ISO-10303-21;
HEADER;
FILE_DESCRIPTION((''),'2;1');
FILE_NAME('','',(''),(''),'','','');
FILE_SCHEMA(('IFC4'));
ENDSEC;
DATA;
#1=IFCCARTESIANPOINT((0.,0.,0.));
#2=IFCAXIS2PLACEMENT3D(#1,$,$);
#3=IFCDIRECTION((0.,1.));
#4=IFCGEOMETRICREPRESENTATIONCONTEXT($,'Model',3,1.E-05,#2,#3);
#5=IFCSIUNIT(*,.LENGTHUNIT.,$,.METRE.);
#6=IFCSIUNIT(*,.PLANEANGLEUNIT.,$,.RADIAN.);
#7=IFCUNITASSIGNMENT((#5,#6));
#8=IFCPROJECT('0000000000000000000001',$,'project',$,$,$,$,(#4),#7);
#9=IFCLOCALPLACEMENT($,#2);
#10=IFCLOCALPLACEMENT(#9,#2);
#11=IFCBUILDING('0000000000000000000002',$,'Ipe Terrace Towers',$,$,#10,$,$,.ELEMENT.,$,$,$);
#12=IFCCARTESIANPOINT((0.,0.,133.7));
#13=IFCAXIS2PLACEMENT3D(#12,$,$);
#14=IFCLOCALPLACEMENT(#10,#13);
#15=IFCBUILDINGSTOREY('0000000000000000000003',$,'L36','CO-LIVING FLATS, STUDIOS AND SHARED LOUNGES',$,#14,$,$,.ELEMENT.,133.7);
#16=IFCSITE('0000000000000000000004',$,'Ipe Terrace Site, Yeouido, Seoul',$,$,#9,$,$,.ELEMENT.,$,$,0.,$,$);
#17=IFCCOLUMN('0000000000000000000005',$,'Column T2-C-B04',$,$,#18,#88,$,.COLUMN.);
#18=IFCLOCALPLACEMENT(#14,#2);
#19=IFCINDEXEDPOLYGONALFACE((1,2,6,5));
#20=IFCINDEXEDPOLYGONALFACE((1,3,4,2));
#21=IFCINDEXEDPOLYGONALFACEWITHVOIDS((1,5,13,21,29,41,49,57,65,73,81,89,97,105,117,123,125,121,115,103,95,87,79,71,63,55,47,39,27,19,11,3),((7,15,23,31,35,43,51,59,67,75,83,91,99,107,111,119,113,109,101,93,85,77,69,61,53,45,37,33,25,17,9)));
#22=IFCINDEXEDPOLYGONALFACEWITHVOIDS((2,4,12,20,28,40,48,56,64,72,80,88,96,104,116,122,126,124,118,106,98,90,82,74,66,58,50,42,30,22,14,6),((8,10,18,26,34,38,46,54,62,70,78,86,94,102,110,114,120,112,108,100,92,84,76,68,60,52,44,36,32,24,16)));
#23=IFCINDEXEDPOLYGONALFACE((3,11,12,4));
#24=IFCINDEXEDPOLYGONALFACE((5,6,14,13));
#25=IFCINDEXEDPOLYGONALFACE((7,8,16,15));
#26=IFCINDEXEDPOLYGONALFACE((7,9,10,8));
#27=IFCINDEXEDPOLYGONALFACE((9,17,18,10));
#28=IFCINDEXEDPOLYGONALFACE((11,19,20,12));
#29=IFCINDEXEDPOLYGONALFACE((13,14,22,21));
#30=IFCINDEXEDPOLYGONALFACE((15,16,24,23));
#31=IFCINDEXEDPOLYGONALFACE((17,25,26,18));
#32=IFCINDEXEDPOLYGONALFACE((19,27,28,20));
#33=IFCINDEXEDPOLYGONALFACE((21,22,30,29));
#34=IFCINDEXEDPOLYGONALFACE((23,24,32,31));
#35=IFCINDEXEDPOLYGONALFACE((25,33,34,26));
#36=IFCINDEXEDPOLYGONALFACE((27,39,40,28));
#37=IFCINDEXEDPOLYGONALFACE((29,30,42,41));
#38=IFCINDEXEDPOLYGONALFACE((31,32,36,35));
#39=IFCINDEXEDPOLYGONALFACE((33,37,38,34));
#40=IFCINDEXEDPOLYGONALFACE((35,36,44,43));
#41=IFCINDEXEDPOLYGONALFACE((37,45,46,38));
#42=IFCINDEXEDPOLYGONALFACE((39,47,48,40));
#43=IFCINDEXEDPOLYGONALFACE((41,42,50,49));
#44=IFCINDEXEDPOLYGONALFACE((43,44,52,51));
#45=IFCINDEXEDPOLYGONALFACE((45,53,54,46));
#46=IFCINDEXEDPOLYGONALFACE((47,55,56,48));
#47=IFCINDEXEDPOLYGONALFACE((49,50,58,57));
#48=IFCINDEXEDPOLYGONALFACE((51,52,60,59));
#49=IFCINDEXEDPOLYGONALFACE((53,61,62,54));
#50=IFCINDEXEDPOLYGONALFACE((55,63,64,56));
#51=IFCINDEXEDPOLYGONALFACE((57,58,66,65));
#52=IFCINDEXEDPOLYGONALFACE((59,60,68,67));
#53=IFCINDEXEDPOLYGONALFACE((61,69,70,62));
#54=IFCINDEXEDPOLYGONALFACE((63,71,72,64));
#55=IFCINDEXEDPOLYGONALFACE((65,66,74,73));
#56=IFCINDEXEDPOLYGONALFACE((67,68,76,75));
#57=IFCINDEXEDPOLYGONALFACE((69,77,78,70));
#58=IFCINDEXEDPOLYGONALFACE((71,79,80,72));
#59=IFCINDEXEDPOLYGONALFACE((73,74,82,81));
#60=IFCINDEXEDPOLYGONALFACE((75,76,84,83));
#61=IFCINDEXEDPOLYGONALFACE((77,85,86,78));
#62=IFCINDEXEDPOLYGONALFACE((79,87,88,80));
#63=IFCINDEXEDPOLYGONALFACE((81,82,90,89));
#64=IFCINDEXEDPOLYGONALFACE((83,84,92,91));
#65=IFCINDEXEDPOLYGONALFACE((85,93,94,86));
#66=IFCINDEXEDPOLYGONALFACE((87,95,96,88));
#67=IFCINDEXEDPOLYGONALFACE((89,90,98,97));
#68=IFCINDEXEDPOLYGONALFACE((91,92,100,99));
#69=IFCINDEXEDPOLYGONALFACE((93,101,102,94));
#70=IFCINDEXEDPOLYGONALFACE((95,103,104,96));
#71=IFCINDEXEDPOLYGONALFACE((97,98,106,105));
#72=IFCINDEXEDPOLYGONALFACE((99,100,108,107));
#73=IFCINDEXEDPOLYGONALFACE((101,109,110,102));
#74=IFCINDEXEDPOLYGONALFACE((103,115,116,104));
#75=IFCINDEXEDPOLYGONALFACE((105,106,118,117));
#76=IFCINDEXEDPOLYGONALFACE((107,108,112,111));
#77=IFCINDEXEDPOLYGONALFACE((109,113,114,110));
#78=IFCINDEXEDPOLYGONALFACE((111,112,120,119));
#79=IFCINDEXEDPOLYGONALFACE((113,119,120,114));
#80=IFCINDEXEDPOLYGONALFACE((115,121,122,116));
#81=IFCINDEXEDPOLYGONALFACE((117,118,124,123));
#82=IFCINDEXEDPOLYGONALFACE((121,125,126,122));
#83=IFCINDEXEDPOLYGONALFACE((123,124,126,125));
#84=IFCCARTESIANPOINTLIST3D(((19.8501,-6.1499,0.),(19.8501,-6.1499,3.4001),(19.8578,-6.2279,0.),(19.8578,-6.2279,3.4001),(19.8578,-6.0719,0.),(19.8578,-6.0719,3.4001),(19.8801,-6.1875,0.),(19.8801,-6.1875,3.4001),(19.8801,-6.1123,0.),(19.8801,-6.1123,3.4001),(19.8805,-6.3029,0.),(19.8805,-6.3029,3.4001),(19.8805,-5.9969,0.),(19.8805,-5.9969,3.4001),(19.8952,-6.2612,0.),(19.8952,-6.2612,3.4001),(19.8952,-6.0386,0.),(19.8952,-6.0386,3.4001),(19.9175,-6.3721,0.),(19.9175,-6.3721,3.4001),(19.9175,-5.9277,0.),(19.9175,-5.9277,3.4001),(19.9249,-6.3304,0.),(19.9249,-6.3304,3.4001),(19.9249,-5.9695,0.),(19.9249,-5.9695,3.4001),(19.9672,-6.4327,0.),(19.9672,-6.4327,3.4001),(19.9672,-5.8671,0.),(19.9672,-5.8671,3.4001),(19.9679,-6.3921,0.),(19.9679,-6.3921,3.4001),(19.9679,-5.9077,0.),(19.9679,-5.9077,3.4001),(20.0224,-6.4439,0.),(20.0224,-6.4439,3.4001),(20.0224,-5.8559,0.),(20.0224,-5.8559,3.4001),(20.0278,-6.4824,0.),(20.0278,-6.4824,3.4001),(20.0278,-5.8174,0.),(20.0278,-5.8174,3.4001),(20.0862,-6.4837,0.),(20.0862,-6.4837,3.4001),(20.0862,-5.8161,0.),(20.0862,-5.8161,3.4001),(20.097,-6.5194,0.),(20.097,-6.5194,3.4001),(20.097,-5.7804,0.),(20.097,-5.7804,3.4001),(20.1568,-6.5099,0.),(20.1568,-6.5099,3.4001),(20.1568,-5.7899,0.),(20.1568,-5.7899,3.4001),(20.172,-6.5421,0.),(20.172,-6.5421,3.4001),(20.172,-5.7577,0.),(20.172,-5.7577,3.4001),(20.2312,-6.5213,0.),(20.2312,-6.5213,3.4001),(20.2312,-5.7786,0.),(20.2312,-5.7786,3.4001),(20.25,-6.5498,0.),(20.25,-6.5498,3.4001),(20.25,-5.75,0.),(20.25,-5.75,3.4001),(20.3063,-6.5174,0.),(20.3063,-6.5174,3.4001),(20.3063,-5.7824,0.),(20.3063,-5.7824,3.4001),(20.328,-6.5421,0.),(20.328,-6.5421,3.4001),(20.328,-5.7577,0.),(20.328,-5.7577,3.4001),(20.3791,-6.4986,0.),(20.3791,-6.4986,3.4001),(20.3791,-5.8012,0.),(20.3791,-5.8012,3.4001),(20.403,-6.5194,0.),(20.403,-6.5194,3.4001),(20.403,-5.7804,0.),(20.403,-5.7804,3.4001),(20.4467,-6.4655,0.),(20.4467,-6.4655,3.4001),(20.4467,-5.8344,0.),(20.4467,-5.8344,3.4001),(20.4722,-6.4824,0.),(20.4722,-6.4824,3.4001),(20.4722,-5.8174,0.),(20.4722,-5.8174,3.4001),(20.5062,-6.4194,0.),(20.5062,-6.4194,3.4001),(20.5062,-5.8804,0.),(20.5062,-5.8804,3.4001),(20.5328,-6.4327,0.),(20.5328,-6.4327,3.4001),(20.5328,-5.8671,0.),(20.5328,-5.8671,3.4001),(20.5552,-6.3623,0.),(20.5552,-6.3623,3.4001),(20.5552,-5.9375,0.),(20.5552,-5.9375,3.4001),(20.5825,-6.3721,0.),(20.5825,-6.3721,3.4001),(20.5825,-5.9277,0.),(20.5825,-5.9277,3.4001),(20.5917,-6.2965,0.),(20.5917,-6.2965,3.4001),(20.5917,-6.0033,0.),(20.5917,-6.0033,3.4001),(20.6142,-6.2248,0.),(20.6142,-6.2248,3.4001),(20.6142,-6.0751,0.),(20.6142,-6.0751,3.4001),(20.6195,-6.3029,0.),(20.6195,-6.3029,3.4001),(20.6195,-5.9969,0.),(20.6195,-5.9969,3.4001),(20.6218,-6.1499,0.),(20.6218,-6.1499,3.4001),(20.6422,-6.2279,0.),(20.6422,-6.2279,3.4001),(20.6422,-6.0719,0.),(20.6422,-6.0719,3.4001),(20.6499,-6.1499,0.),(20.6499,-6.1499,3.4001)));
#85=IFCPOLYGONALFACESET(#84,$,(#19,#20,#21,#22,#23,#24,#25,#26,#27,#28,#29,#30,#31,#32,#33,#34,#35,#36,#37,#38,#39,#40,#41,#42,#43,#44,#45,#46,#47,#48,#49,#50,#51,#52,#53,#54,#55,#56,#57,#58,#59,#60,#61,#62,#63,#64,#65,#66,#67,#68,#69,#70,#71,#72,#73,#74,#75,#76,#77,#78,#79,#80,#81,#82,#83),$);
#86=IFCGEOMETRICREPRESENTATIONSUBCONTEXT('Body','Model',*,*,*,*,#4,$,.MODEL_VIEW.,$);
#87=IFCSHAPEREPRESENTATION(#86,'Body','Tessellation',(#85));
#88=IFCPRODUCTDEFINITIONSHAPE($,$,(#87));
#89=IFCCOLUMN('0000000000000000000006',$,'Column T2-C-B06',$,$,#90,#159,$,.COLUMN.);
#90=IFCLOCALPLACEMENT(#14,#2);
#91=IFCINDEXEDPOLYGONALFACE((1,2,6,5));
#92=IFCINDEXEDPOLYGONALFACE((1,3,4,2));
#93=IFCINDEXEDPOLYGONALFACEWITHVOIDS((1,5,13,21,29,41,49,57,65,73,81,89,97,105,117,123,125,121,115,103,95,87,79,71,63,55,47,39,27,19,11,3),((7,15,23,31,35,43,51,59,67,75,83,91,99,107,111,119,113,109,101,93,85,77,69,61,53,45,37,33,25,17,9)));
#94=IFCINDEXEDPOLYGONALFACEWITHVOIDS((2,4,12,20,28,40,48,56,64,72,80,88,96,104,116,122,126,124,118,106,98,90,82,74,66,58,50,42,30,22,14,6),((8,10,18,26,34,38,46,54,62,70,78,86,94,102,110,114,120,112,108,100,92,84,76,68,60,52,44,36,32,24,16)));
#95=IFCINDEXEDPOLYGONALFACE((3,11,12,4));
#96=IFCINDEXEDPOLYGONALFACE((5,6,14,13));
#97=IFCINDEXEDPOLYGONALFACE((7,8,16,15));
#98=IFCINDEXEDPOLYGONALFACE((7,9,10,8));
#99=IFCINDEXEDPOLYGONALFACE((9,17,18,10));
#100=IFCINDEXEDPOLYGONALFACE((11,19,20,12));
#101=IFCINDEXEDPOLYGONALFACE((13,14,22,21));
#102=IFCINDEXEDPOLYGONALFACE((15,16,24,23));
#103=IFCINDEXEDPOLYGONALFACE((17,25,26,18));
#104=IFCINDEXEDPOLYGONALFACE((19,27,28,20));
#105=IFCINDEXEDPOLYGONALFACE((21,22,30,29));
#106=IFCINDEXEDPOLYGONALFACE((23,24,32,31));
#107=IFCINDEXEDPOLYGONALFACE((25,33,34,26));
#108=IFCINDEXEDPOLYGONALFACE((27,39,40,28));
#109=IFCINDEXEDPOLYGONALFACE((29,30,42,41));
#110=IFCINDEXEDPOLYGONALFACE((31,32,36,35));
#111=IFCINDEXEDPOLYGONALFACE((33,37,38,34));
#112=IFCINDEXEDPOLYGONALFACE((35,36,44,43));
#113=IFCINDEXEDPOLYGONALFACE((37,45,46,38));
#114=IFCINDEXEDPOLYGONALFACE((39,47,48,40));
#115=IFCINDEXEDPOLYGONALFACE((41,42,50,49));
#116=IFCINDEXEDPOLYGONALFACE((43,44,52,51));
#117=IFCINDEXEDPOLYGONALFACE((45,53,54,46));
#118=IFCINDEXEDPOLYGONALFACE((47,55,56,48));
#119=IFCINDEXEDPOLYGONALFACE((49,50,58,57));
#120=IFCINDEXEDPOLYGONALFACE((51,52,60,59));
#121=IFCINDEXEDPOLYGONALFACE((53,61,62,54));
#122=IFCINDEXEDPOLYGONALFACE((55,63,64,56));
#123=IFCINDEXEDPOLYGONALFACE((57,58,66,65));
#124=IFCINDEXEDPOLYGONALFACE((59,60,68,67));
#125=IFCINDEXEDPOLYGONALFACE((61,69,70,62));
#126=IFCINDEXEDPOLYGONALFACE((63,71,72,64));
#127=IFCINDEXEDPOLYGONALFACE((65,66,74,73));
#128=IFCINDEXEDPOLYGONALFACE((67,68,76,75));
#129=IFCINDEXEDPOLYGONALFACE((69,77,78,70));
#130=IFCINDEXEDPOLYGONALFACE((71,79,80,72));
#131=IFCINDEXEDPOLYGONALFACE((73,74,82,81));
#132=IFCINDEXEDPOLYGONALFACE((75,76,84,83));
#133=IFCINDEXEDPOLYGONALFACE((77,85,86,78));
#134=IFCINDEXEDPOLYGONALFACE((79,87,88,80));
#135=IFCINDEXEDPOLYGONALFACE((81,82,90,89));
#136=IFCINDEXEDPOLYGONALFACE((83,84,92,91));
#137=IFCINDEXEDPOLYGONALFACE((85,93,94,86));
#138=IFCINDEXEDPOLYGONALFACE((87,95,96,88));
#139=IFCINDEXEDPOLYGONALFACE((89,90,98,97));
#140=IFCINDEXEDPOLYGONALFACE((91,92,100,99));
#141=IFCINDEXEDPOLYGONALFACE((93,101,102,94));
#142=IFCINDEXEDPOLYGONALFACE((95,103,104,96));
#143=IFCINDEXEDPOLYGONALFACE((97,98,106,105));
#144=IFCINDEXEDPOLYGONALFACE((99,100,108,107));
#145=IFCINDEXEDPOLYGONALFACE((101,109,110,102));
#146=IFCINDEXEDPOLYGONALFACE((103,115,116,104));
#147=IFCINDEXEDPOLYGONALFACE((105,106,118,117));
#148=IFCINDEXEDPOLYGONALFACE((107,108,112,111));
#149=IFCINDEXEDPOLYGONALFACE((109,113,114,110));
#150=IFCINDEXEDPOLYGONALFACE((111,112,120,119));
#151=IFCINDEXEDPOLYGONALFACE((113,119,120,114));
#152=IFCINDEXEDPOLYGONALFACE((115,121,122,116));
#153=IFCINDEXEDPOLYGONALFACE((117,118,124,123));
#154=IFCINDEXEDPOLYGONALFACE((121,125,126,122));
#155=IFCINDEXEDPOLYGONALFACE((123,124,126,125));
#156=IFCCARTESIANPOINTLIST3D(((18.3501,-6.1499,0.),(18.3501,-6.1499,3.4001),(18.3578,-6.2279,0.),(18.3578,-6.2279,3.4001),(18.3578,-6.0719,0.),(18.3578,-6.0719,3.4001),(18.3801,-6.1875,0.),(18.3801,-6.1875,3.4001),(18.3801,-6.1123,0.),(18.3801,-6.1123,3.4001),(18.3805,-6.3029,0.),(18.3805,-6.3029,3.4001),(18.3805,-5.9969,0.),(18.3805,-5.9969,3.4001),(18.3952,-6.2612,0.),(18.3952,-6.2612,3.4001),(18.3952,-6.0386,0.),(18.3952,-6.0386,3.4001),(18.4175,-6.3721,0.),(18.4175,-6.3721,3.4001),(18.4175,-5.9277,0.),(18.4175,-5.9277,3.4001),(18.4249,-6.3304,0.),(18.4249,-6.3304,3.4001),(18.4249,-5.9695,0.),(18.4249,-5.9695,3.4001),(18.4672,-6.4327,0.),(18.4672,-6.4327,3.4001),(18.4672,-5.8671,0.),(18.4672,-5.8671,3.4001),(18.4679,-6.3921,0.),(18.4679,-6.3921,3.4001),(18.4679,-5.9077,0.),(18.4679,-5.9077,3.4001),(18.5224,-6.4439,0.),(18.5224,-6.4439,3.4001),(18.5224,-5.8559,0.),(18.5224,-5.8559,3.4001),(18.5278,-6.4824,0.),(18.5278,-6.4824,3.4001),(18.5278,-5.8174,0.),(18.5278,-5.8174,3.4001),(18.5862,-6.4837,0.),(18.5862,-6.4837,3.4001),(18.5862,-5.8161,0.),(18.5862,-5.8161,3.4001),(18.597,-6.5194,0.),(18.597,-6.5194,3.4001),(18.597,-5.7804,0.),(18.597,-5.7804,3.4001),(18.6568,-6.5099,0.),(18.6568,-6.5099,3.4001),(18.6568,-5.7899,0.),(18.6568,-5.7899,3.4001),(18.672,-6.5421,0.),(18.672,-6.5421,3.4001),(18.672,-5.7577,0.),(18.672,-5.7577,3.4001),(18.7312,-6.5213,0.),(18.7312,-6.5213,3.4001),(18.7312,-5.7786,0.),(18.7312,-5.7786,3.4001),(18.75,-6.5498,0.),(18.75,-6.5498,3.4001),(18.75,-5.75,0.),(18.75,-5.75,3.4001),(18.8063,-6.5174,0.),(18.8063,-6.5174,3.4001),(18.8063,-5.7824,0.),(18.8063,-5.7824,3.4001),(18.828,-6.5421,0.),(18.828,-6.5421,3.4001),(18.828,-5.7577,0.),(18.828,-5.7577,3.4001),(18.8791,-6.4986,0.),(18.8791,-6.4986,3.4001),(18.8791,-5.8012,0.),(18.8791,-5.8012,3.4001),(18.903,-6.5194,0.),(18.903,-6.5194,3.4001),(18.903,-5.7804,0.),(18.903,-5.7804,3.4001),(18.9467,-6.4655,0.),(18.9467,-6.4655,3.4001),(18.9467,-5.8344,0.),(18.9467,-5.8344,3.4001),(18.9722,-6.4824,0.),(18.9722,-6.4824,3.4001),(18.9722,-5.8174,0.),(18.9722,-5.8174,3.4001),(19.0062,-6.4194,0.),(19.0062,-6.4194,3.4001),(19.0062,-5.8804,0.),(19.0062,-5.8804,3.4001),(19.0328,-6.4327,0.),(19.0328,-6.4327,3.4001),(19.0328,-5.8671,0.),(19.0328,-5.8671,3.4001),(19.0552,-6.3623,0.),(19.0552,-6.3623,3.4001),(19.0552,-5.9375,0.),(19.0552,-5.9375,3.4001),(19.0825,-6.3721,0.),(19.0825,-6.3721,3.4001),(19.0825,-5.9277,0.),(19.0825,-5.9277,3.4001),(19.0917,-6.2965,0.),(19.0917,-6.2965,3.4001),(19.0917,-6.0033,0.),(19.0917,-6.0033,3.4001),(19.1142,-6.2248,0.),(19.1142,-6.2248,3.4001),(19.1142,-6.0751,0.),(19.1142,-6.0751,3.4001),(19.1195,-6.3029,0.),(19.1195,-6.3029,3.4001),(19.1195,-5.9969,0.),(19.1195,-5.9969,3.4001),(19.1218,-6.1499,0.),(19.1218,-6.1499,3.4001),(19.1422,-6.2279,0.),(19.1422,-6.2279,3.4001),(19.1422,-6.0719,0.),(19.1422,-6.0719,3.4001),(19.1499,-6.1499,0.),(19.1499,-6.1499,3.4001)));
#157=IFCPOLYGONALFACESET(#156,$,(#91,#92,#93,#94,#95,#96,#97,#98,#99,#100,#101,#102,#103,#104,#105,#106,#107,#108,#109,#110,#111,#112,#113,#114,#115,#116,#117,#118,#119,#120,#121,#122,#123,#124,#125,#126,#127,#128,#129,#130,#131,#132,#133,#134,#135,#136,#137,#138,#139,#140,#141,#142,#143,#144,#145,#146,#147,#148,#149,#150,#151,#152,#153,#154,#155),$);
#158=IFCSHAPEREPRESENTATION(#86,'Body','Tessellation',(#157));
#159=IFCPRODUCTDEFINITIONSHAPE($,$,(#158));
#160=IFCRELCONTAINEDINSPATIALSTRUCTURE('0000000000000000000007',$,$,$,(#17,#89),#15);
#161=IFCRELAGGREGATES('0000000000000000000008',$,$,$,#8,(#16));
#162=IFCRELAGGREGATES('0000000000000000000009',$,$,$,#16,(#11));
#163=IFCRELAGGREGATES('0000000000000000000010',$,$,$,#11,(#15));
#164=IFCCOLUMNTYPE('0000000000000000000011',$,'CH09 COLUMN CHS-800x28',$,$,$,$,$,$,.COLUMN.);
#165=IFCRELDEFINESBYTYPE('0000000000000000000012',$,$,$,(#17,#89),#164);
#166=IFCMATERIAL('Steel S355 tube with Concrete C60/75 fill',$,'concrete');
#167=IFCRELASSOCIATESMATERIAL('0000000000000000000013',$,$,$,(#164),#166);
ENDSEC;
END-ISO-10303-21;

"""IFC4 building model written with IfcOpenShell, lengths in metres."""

from ifc_helpers import new_model, si_unit, direction, frame, origin, origin_2d, place, context, subcontext, project, spatial, hollow_circle, extrude, material, material_profile, profile_set, type_object, element, save


model = new_model("IFC4")

# Units and contexts
model_context = context("Model", 3, precision=1e-05, world=origin(), true_north=direction((0.0, 1.0)))
body_context = subcontext(model_context, "Body", "Model", "MODEL_VIEW")
ifc_project = project(units=[si_unit("LENGTHUNIT", "METRE"), si_unit("PLANEANGLEUNIT", "RADIAN")], contexts=[model_context])

# Site, building, storey
site_placement = place(None, origin())
site = spatial("IfcSite", under=ifc_project, at=site_placement, Name="Ipe Terrace Site, Yeouido, Seoul", CompositionType="ELEMENT", RefElevation=0.0)
building_placement = place(site_placement, origin())
building = spatial("IfcBuilding", under=site, at=building_placement, Name="Ipe Terrace Towers", CompositionType="ELEMENT")
storey_placement = place(building_placement, frame((0.0, 0.0, 133.7)))
storey = spatial("IfcBuildingStorey", under=building, at=storey_placement, Name="L36", Description="CO-LIVING FLATS, STUDIOS AND SHARED LOUNGES", CompositionType="ELEMENT", Elevation=133.7)

# Columns
ifc_material_1 = material(Name="Steel S355 tube with Concrete C60/75 fill", Category="concrete")
ifc_material_profile_1 = material_profile(ifc_material_1, hollow_circle(Radius=0.3999, WallThickness=0.0281, at=origin_2d()), Name="CHS-800x28")
ifc_profile_set_1 = profile_set([ifc_material_profile_1], Name="Steel S355 tube with Concrete C60/75 fill")
column_type = type_object("IfcColumnType", Name="CH09 COLUMN CHS-800x28", PredefinedType="COLUMN", material=ifc_profile_set_1)
for number, where, z_axis, x_axis, name in (
    (1, (20.25, -6.1499, 0.0), (0.0, 0.0, 1.0), (1.0, 0.0, 0.0), "Column T2-C-B04"),
    (2, (18.75, -6.1499, 0.0), (0.0, 0.0, 1.0), (1.0, 0.0, 0.0), "Column T2-C-B06"),
):
    element("IfcColumn", number, at=place(storey_placement, frame(where, z_axis=z_axis, x_axis=x_axis)), inside=storey, type_object=column_type, Name=name, PredefinedType="COLUMN", context=body_context, shape_type="SweptSolid", body=[
        extrude(hollow_circle(Radius=0.3999, WallThickness=0.0281, at=origin_2d()), origin(), (0.0, 0.0, 1.0), 3.4001),
    ])

save(model, "model.ifc")
